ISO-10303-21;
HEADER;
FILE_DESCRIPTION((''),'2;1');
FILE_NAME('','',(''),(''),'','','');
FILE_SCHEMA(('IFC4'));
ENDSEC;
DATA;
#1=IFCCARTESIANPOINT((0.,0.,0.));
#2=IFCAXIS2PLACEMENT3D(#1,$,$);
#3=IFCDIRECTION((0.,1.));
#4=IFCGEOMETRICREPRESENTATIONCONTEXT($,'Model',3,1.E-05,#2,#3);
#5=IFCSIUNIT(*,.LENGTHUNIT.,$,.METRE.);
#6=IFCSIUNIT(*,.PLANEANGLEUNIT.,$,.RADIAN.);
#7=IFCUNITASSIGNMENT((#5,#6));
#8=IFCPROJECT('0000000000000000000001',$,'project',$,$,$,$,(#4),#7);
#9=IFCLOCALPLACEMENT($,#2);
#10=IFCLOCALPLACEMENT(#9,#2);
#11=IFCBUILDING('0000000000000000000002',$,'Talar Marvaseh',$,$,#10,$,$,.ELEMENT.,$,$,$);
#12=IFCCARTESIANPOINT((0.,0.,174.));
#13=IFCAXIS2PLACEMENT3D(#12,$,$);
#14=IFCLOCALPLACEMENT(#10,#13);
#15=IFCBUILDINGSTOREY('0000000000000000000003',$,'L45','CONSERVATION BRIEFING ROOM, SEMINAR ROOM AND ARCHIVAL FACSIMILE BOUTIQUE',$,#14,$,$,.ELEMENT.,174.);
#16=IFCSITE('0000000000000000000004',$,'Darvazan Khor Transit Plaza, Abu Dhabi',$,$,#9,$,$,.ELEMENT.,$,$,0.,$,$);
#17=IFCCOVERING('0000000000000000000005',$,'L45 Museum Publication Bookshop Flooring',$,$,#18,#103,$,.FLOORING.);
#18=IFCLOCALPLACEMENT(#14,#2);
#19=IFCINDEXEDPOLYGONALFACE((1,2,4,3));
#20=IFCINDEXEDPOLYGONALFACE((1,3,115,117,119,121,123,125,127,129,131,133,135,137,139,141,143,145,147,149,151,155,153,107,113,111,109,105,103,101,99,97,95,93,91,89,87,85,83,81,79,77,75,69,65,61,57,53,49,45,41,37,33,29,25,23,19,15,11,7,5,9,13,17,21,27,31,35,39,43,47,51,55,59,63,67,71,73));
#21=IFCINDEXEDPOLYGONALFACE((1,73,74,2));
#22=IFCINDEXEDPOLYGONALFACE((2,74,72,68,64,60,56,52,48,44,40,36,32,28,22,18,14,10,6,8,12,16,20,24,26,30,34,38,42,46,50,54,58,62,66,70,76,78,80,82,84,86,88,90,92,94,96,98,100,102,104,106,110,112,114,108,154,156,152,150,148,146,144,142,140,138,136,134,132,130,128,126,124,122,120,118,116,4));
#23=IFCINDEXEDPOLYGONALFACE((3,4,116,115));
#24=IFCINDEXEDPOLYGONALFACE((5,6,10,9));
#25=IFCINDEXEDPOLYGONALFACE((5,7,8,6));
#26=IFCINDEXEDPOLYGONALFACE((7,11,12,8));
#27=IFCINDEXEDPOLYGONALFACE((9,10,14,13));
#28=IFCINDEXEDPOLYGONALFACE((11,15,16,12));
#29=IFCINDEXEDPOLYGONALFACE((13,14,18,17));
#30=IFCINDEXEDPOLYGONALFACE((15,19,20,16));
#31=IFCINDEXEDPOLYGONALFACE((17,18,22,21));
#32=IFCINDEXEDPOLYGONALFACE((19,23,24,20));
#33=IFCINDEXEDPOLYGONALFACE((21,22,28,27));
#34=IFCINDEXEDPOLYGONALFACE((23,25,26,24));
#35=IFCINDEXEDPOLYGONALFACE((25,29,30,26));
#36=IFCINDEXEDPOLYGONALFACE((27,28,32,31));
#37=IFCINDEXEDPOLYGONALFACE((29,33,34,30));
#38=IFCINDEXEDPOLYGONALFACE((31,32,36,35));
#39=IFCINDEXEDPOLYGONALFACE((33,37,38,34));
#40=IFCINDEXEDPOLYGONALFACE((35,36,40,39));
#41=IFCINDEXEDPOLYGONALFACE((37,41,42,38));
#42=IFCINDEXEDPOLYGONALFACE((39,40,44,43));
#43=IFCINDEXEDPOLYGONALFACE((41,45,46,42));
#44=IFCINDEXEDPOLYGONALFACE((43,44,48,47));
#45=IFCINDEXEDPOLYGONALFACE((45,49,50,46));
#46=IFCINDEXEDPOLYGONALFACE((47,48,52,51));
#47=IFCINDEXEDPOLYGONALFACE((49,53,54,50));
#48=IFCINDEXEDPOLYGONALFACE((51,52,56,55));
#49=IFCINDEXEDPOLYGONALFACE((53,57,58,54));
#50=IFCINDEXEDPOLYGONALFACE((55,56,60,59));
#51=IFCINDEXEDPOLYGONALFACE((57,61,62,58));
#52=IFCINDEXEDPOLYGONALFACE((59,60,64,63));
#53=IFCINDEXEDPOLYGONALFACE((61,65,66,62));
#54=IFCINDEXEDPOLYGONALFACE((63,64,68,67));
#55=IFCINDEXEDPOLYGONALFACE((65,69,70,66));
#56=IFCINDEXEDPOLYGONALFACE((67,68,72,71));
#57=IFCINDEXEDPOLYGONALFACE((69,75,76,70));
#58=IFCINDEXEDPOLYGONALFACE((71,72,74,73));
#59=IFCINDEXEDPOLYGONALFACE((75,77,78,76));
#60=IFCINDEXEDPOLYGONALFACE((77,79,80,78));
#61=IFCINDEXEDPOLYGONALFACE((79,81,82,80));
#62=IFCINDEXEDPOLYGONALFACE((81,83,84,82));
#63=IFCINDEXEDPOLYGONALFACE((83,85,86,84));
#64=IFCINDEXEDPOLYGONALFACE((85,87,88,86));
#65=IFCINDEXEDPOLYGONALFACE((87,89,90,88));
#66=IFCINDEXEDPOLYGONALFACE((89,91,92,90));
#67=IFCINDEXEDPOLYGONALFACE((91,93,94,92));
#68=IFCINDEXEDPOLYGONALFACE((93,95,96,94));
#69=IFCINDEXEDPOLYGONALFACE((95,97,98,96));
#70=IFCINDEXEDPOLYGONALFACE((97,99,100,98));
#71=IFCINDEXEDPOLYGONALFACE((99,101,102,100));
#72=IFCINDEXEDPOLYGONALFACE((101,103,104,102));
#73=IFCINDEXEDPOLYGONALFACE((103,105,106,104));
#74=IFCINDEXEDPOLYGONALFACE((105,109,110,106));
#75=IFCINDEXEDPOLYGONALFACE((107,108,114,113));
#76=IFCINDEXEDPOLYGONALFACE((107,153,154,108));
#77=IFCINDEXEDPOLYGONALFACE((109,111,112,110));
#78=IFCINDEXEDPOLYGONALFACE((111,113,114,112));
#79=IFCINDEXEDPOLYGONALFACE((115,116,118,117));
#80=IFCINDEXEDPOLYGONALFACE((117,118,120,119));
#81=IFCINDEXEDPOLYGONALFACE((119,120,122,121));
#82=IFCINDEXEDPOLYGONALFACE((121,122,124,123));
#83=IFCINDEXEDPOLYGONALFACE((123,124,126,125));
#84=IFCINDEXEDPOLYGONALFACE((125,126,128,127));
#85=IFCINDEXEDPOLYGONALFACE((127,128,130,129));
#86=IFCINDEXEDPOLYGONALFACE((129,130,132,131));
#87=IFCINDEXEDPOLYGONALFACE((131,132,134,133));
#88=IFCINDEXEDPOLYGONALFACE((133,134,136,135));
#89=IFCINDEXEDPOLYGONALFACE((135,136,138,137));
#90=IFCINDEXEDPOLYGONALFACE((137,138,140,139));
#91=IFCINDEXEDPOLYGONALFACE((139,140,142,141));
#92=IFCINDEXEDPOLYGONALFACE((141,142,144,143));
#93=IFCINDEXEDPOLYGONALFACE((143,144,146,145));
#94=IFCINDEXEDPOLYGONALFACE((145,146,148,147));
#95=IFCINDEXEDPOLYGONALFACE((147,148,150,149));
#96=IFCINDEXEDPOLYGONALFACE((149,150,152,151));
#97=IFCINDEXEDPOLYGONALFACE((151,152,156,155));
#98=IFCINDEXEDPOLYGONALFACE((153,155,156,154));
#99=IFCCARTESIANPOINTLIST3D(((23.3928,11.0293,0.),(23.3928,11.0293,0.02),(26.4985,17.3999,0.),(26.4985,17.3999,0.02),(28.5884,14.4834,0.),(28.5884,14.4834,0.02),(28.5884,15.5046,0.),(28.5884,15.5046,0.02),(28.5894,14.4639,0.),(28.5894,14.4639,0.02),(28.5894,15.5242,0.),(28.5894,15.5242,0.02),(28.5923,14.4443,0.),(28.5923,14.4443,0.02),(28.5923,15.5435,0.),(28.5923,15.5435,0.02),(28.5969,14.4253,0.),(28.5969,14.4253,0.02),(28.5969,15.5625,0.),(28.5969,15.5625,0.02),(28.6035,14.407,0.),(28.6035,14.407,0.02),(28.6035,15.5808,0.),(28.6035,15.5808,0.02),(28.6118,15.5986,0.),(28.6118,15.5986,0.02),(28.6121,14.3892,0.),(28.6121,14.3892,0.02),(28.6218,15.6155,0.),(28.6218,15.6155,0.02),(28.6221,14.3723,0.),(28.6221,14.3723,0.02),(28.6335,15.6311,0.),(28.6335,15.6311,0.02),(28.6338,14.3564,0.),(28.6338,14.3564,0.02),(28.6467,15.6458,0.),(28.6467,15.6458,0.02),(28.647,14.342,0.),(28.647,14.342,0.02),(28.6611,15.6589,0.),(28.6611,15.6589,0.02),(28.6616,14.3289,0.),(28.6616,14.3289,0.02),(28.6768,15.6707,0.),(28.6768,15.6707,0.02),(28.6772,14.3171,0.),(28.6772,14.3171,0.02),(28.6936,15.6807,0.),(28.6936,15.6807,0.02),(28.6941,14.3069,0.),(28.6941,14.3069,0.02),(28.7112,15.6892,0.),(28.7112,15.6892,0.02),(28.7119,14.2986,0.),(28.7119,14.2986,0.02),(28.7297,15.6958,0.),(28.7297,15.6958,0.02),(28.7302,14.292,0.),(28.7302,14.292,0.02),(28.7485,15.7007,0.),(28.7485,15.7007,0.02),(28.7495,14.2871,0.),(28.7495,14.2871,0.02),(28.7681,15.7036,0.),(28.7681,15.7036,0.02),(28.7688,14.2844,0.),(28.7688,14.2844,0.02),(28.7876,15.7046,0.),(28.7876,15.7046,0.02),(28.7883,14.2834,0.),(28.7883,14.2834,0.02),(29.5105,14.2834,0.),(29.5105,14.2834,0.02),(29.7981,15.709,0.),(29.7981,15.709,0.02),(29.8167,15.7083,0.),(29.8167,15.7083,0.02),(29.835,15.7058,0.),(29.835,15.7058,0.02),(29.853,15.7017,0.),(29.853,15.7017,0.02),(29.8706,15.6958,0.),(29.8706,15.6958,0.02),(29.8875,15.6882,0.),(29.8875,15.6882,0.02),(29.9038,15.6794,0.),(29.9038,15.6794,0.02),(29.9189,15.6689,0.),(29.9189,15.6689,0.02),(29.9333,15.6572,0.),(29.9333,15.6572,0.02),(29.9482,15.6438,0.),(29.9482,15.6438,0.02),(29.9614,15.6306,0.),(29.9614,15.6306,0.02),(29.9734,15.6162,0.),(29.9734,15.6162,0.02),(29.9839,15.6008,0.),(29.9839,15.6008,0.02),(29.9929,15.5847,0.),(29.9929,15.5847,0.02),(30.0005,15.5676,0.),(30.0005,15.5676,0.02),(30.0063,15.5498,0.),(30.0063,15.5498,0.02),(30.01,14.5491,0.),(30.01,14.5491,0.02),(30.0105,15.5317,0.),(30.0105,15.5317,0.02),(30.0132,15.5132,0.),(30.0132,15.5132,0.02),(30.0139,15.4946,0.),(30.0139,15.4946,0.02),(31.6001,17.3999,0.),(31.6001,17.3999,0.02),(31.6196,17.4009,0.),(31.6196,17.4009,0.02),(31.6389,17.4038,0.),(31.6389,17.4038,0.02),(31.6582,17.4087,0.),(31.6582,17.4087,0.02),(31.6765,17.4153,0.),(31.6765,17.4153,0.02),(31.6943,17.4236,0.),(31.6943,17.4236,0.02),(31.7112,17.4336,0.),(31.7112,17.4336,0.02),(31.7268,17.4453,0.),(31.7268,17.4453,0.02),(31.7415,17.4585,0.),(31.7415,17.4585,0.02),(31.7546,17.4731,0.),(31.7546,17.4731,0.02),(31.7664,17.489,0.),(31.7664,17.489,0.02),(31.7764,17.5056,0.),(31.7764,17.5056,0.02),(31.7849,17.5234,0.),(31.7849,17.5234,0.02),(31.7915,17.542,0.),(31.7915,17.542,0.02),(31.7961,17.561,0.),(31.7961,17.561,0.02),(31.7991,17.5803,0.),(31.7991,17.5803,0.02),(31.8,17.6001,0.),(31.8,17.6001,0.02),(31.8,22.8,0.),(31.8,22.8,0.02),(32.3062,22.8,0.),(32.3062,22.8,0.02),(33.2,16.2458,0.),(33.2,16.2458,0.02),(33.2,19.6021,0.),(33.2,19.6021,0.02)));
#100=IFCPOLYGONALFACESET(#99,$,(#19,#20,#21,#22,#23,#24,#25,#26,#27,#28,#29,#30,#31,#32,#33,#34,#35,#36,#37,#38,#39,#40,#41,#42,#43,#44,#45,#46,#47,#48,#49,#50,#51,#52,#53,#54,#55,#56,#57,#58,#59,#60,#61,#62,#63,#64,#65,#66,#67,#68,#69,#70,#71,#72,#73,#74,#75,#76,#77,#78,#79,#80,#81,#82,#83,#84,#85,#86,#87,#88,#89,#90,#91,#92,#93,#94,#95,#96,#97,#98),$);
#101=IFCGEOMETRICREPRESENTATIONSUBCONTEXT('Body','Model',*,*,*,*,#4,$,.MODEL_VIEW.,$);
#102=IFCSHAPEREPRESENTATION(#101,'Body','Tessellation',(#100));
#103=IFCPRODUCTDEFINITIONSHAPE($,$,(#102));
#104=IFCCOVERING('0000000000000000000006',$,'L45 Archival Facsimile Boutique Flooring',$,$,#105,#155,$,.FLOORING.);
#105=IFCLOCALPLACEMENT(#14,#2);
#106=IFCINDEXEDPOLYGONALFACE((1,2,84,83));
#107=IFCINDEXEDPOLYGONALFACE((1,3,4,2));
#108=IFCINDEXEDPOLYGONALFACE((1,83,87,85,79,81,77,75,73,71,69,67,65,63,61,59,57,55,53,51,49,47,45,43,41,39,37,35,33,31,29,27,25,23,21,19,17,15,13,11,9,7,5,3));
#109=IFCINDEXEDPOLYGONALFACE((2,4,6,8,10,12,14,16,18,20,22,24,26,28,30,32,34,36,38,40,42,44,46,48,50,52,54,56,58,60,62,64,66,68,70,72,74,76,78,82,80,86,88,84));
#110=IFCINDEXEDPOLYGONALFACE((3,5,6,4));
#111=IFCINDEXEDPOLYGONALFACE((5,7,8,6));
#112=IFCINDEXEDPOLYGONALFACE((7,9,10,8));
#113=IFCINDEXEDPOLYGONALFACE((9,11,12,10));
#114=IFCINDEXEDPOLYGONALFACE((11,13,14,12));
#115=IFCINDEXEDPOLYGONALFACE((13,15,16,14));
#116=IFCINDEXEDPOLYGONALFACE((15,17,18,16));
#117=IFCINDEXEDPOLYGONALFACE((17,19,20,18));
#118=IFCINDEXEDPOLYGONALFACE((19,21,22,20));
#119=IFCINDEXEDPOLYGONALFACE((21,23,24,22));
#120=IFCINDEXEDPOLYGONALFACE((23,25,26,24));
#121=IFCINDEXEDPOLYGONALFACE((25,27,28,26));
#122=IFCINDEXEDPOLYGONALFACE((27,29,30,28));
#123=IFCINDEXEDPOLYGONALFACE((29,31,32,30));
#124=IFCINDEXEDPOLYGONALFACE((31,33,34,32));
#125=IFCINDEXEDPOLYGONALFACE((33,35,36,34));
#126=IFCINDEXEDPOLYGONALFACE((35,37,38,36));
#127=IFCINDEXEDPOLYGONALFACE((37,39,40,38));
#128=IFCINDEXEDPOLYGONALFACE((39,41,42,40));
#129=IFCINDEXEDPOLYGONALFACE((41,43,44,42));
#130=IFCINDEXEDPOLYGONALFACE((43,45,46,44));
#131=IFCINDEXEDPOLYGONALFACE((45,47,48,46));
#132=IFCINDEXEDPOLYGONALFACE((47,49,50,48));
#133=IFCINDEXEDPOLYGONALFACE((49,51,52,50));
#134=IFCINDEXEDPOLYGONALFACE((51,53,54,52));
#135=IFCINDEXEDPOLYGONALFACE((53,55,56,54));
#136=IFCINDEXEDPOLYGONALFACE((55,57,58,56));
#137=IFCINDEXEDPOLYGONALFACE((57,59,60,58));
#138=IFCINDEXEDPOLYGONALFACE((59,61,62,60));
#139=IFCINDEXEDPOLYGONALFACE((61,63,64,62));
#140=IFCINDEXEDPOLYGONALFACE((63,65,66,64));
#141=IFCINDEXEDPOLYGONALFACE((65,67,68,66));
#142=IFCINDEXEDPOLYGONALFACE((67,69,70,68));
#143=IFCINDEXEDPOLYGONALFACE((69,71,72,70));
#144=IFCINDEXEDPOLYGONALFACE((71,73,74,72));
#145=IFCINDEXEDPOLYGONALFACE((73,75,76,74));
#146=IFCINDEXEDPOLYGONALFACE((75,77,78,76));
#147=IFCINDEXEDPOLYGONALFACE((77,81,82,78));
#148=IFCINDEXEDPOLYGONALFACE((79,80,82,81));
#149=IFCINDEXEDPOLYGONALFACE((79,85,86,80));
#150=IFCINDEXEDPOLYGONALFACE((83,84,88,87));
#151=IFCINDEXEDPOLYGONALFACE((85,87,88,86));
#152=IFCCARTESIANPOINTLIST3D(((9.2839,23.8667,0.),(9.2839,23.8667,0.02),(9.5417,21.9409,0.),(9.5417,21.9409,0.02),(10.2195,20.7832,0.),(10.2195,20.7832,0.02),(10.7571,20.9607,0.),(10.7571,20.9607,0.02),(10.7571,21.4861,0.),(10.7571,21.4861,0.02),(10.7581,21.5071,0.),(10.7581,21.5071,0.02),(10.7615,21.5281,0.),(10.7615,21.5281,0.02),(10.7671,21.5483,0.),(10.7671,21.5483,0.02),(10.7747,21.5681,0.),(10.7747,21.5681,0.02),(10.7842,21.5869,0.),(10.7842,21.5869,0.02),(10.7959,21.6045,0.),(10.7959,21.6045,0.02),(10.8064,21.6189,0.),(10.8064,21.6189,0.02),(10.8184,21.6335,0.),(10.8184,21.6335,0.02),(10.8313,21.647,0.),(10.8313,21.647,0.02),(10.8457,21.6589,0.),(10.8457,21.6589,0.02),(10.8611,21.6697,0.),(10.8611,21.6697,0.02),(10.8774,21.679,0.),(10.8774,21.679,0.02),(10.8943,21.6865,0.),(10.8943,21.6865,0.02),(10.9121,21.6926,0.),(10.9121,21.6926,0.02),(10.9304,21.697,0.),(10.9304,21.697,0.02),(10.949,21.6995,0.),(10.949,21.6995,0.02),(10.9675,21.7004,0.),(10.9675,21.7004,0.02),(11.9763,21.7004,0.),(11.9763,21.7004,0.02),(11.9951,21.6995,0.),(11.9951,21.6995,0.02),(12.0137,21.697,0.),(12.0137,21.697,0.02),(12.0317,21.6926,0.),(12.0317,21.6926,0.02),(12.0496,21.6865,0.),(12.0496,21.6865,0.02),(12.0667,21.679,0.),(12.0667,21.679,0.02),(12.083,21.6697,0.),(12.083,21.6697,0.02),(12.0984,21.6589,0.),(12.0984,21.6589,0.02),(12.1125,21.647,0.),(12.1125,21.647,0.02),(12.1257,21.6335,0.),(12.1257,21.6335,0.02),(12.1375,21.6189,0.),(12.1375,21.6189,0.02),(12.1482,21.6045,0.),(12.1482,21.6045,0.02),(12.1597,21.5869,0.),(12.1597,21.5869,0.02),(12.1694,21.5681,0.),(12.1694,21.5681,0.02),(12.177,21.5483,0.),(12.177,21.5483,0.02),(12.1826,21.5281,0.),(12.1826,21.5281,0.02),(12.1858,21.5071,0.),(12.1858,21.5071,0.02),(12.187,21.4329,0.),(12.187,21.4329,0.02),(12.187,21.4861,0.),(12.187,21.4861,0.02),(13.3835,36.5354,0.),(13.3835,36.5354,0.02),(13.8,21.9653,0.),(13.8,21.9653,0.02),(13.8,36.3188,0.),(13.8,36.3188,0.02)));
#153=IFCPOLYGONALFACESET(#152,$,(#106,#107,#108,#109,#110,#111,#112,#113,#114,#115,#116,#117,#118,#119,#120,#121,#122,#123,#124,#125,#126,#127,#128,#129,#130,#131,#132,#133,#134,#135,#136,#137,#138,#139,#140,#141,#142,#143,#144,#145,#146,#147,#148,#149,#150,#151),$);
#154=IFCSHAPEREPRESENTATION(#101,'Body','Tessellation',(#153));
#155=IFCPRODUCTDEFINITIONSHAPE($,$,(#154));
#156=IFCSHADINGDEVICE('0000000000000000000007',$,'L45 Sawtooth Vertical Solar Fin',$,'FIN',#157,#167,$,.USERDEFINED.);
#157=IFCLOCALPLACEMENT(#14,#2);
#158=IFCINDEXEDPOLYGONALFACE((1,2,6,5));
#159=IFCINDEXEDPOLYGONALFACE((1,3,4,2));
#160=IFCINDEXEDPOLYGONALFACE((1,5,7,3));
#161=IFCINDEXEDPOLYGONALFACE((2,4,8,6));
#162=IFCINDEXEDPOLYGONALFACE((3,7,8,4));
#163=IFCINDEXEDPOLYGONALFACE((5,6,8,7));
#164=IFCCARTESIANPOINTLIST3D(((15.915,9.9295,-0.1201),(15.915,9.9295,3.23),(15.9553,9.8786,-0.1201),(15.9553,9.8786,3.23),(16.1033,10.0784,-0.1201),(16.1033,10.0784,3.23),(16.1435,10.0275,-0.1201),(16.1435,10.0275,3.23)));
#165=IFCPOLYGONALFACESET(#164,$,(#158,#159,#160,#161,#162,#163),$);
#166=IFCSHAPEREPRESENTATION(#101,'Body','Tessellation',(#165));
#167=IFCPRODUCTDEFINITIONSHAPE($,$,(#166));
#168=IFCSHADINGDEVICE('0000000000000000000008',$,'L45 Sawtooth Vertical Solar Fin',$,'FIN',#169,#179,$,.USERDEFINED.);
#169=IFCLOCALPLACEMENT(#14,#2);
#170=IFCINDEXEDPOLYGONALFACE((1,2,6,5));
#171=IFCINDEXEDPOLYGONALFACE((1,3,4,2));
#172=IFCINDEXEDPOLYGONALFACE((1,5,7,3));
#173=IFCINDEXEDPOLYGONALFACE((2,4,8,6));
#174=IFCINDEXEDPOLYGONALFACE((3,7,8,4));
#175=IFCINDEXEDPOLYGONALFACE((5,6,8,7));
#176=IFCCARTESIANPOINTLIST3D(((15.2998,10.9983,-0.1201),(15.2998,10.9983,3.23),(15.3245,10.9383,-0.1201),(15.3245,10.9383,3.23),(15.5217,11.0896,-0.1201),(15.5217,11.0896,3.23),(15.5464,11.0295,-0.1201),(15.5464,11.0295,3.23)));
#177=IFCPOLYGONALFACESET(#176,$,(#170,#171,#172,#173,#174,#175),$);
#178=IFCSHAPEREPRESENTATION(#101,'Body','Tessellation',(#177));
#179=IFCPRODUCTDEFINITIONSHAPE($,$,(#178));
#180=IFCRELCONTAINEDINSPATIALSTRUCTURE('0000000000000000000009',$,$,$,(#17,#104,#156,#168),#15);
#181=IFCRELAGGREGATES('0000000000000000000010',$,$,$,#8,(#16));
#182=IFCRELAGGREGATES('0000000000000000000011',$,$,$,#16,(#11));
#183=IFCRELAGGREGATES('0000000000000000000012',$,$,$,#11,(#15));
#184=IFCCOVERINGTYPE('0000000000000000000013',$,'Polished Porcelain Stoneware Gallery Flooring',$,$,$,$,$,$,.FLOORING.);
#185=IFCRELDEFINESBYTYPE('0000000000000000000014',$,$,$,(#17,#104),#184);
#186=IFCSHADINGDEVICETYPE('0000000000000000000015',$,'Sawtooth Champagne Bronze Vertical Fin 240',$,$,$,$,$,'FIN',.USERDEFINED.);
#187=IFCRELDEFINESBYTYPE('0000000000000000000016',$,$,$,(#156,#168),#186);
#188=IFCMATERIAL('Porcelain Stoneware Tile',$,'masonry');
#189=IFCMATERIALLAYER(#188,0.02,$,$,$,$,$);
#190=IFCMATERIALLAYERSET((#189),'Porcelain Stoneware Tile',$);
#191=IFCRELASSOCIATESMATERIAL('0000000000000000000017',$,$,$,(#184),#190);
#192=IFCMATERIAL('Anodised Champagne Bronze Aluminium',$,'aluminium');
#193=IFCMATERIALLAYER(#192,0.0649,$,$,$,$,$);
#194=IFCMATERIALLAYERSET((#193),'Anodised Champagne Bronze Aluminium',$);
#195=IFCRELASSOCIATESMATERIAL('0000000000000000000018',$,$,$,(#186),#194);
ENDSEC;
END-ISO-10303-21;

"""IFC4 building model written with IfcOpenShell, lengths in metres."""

from ifc_helpers import new_model, si_unit, direction, frame, origin, origin_2d, place, context, subcontext, project, spatial, polyline, rectangle, outline, extrude, source, transform, mapped, material, layer, layer_set, type_object, type_shapes, element, save


model = new_model("IFC4")

# Units and contexts
model_context = context("Model", 3, precision=1e-05, world=origin(), true_north=direction((0.0, 1.0)))
body_context = subcontext(model_context, "Body", "Model", "MODEL_VIEW")
ifc_project = project(units=[si_unit("LENGTHUNIT", "METRE"), si_unit("PLANEANGLEUNIT", "RADIAN")], contexts=[model_context])

# Site, building, storey
site_placement = place(None, origin())
site = spatial("IfcSite", under=ifc_project, at=site_placement, Name="Darvazan Khor Transit Plaza, Abu Dhabi", CompositionType="ELEMENT", RefElevation=0.0)
building_placement = place(site_placement, origin())
building = spatial("IfcBuilding", under=site, at=building_placement, Name="Talar Marvaseh", CompositionType="ELEMENT")
storey_placement = place(building_placement, frame((0.0, 0.0, 174.0)))
storey = spatial("IfcBuildingStorey", under=building, at=storey_placement, Name="L45", Description="CONSERVATION BRIEFING ROOM, SEMINAR ROOM AND ARCHIVAL FACSIMILE BOUTIQUE", CompositionType="ELEMENT", Elevation=174.0)

# Coverings
ifc_material_1 = material(Name="Porcelain Stoneware Tile", Category="masonry")
ifc_layer_1 = layer(ifc_material_1, 0.02)
ifc_layer_set_1 = layer_set([ifc_layer_1], Name="Porcelain Stoneware Tile")
covering_type_1 = type_object("IfcCoveringType", Name="Polished Porcelain Stoneware Gallery Flooring", PredefinedType="FLOORING", material=ifc_layer_set_1)
covering_1_placement = place(storey_placement, origin())
element("IfcCovering", 1, at=covering_1_placement, inside=storey, type_object=covering_type_1, Name="L45 Museum Publication Bookshop Flooring", PredefinedType="FLOORING", context=body_context, shape_type="SweptSolid", body=[
    extrude(outline(polyline([(31.6196, 17.4009), (31.6389, 17.4038), (31.6582, 17.4087), (31.6765, 17.4153), (31.6943, 17.4236), (31.7112, 17.4336), (31.7268, 17.4453), (31.7415, 17.4585), (31.7546, 17.4731), (31.7664, 17.489), (31.7764, 17.5056), (31.7849, 17.5234), (31.7915, 17.542), (31.7961, 17.561), (31.7991, 17.5803), (31.8, 17.6001), (31.8, 22.8), (32.3062, 22.8), (33.2, 19.6021), (33.2, 16.2458), (30.01, 14.5491), (30.0139, 15.4946), (30.0132, 15.5132), (30.0105, 15.5317), (30.0063, 15.5498), (30.0005, 15.5676), (29.9929, 15.5847), (29.9839, 15.6008), (29.9734, 15.6162), (29.9614, 15.6306), (29.9482, 15.6438), (29.9333, 15.6572), (29.9189, 15.6689), (29.9038, 15.6794), (29.8875, 15.6882), (29.8706, 15.6958), (29.853, 15.7017), (29.835, 15.7058), (29.8167, 15.7083), (29.7981, 15.709), (28.7876, 15.7046), (28.7681, 15.7036), (28.7485, 15.7007), (28.7297, 15.6958), (28.7112, 15.6892), (28.6936, 15.6807), (28.6768, 15.6707), (28.6611, 15.6589), (28.6467, 15.6458), (28.6335, 15.6311), (28.6218, 15.6155), (28.6118, 15.5986), (28.6035, 15.5808), (28.5969, 15.5625), (28.5923, 15.5435), (28.5894, 15.5242), (28.5884, 15.5046), (28.5884, 14.4834), (28.5894, 14.4639), (28.5923, 14.4443), (28.5969, 14.4253), (28.6035, 14.407), (28.6121, 14.3892), (28.6221, 14.3723), (28.6338, 14.3564), (28.647, 14.342), (28.6616, 14.3289), (28.6772, 14.3171), (28.6941, 14.3069), (28.7119, 14.2986), (28.7302, 14.292), (28.7495, 14.2871), (28.7688, 14.2844), (28.7883, 14.2834), (29.5105, 14.2834), (23.3928, 11.0293), (26.4985, 17.3999), (31.6001, 17.3999), (31.6196, 17.4009)])), origin(), (0.0, 0.0, 1.0), 0.02),
])
covering_2_placement = place(storey_placement, origin())
element("IfcCovering", 2, at=covering_2_placement, inside=storey, type_object=covering_type_1, Name="L45 Archival Facsimile Boutique Flooring", PredefinedType="FLOORING", context=body_context, shape_type="SweptSolid", body=[
    extrude(outline(polyline([(13.8, 36.3188), (13.8, 21.9653), (12.187, 21.4329), (12.187, 21.4861), (12.1858, 21.5071), (12.1826, 21.5281), (12.177, 21.5483), (12.1694, 21.5681), (12.1597, 21.5869), (12.1482, 21.6045), (12.1375, 21.6189), (12.1257, 21.6335), (12.1125, 21.647), (12.0984, 21.6589), (12.083, 21.6697), (12.0667, 21.679), (12.0496, 21.6865), (12.0317, 21.6926), (12.0137, 21.697), (11.9951, 21.6995), (11.9763, 21.7004), (10.9675, 21.7004), (10.949, 21.6995), (10.9304, 21.697), (10.9121, 21.6926), (10.8943, 21.6865), (10.8774, 21.679), (10.8611, 21.6697), (10.8457, 21.6589), (10.8313, 21.647), (10.8184, 21.6335), (10.8064, 21.6189), (10.7959, 21.6045), (10.7842, 21.5869), (10.7747, 21.5681), (10.7671, 21.5483), (10.7615, 21.5281), (10.7581, 21.5071), (10.7571, 21.4861), (10.7571, 20.9607), (10.2195, 20.7832), (9.5417, 21.9409), (9.2839, 23.8667), (13.3835, 36.5354), (13.8, 36.3188)])), origin(), (0.0, 0.0, 1.0), 0.02),
])

# Shading devices
ifc_material_2 = material(Name="Anodised Champagne Bronze Aluminium", Category="aluminium")
ifc_layer_2 = layer(ifc_material_2, 0.0649)
ifc_layer_set_2 = layer_set([ifc_layer_2], Name="Anodised Champagne Bronze Aluminium")
shading_device_type_1 = type_object("IfcShadingDeviceType", Name="Sawtooth Champagne Bronze Vertical Fin 240", ElementType="FIN", PredefinedType="USERDEFINED", material=ifc_layer_set_2)
shared_shape_1 = source(origin(), body_context, "Body", "SweptSolid", [
    extrude(rectangle(XDim=0.24, YDim=0.0649, at=origin_2d()), origin(), (0.0, 0.0, 1.0), 3.3501),
])
type_shapes(shading_device_type_1, [shared_shape_1])
for number, where, z_axis, x_axis, name in (
    (3, (16.0293, 9.9785, -0.1201), (0.0, 0.0, 1.0), (-0.784235, -0.620464, 0.0), "L45 Sawtooth Vertical Solar Fin"),
    (4, (15.4231, 11.0139, -0.1201), (0.0, 0.0, 1.0), (-0.924878, -0.380263, 0.0), "L45 Sawtooth Vertical Solar Fin"),
):
    element("IfcShadingDevice", number, at=place(storey_placement, frame(where, z_axis=z_axis, x_axis=x_axis)), inside=storey, type_object=shading_device_type_1, Name=name, ObjectType="FIN", PredefinedType="USERDEFINED", context=body_context, shape_type="MappedRepresentation", body=[
        mapped(shared_shape_1, transform((0.0, 0.0, 0.0), x_axis=(1.0, 0.0, 0.0), y_axis=(0.0, 1.0, 0.0), z_axis=(0.0, 0.0, 1.0), scale=1.0)),
    ])

save(model, "model.ifc")
